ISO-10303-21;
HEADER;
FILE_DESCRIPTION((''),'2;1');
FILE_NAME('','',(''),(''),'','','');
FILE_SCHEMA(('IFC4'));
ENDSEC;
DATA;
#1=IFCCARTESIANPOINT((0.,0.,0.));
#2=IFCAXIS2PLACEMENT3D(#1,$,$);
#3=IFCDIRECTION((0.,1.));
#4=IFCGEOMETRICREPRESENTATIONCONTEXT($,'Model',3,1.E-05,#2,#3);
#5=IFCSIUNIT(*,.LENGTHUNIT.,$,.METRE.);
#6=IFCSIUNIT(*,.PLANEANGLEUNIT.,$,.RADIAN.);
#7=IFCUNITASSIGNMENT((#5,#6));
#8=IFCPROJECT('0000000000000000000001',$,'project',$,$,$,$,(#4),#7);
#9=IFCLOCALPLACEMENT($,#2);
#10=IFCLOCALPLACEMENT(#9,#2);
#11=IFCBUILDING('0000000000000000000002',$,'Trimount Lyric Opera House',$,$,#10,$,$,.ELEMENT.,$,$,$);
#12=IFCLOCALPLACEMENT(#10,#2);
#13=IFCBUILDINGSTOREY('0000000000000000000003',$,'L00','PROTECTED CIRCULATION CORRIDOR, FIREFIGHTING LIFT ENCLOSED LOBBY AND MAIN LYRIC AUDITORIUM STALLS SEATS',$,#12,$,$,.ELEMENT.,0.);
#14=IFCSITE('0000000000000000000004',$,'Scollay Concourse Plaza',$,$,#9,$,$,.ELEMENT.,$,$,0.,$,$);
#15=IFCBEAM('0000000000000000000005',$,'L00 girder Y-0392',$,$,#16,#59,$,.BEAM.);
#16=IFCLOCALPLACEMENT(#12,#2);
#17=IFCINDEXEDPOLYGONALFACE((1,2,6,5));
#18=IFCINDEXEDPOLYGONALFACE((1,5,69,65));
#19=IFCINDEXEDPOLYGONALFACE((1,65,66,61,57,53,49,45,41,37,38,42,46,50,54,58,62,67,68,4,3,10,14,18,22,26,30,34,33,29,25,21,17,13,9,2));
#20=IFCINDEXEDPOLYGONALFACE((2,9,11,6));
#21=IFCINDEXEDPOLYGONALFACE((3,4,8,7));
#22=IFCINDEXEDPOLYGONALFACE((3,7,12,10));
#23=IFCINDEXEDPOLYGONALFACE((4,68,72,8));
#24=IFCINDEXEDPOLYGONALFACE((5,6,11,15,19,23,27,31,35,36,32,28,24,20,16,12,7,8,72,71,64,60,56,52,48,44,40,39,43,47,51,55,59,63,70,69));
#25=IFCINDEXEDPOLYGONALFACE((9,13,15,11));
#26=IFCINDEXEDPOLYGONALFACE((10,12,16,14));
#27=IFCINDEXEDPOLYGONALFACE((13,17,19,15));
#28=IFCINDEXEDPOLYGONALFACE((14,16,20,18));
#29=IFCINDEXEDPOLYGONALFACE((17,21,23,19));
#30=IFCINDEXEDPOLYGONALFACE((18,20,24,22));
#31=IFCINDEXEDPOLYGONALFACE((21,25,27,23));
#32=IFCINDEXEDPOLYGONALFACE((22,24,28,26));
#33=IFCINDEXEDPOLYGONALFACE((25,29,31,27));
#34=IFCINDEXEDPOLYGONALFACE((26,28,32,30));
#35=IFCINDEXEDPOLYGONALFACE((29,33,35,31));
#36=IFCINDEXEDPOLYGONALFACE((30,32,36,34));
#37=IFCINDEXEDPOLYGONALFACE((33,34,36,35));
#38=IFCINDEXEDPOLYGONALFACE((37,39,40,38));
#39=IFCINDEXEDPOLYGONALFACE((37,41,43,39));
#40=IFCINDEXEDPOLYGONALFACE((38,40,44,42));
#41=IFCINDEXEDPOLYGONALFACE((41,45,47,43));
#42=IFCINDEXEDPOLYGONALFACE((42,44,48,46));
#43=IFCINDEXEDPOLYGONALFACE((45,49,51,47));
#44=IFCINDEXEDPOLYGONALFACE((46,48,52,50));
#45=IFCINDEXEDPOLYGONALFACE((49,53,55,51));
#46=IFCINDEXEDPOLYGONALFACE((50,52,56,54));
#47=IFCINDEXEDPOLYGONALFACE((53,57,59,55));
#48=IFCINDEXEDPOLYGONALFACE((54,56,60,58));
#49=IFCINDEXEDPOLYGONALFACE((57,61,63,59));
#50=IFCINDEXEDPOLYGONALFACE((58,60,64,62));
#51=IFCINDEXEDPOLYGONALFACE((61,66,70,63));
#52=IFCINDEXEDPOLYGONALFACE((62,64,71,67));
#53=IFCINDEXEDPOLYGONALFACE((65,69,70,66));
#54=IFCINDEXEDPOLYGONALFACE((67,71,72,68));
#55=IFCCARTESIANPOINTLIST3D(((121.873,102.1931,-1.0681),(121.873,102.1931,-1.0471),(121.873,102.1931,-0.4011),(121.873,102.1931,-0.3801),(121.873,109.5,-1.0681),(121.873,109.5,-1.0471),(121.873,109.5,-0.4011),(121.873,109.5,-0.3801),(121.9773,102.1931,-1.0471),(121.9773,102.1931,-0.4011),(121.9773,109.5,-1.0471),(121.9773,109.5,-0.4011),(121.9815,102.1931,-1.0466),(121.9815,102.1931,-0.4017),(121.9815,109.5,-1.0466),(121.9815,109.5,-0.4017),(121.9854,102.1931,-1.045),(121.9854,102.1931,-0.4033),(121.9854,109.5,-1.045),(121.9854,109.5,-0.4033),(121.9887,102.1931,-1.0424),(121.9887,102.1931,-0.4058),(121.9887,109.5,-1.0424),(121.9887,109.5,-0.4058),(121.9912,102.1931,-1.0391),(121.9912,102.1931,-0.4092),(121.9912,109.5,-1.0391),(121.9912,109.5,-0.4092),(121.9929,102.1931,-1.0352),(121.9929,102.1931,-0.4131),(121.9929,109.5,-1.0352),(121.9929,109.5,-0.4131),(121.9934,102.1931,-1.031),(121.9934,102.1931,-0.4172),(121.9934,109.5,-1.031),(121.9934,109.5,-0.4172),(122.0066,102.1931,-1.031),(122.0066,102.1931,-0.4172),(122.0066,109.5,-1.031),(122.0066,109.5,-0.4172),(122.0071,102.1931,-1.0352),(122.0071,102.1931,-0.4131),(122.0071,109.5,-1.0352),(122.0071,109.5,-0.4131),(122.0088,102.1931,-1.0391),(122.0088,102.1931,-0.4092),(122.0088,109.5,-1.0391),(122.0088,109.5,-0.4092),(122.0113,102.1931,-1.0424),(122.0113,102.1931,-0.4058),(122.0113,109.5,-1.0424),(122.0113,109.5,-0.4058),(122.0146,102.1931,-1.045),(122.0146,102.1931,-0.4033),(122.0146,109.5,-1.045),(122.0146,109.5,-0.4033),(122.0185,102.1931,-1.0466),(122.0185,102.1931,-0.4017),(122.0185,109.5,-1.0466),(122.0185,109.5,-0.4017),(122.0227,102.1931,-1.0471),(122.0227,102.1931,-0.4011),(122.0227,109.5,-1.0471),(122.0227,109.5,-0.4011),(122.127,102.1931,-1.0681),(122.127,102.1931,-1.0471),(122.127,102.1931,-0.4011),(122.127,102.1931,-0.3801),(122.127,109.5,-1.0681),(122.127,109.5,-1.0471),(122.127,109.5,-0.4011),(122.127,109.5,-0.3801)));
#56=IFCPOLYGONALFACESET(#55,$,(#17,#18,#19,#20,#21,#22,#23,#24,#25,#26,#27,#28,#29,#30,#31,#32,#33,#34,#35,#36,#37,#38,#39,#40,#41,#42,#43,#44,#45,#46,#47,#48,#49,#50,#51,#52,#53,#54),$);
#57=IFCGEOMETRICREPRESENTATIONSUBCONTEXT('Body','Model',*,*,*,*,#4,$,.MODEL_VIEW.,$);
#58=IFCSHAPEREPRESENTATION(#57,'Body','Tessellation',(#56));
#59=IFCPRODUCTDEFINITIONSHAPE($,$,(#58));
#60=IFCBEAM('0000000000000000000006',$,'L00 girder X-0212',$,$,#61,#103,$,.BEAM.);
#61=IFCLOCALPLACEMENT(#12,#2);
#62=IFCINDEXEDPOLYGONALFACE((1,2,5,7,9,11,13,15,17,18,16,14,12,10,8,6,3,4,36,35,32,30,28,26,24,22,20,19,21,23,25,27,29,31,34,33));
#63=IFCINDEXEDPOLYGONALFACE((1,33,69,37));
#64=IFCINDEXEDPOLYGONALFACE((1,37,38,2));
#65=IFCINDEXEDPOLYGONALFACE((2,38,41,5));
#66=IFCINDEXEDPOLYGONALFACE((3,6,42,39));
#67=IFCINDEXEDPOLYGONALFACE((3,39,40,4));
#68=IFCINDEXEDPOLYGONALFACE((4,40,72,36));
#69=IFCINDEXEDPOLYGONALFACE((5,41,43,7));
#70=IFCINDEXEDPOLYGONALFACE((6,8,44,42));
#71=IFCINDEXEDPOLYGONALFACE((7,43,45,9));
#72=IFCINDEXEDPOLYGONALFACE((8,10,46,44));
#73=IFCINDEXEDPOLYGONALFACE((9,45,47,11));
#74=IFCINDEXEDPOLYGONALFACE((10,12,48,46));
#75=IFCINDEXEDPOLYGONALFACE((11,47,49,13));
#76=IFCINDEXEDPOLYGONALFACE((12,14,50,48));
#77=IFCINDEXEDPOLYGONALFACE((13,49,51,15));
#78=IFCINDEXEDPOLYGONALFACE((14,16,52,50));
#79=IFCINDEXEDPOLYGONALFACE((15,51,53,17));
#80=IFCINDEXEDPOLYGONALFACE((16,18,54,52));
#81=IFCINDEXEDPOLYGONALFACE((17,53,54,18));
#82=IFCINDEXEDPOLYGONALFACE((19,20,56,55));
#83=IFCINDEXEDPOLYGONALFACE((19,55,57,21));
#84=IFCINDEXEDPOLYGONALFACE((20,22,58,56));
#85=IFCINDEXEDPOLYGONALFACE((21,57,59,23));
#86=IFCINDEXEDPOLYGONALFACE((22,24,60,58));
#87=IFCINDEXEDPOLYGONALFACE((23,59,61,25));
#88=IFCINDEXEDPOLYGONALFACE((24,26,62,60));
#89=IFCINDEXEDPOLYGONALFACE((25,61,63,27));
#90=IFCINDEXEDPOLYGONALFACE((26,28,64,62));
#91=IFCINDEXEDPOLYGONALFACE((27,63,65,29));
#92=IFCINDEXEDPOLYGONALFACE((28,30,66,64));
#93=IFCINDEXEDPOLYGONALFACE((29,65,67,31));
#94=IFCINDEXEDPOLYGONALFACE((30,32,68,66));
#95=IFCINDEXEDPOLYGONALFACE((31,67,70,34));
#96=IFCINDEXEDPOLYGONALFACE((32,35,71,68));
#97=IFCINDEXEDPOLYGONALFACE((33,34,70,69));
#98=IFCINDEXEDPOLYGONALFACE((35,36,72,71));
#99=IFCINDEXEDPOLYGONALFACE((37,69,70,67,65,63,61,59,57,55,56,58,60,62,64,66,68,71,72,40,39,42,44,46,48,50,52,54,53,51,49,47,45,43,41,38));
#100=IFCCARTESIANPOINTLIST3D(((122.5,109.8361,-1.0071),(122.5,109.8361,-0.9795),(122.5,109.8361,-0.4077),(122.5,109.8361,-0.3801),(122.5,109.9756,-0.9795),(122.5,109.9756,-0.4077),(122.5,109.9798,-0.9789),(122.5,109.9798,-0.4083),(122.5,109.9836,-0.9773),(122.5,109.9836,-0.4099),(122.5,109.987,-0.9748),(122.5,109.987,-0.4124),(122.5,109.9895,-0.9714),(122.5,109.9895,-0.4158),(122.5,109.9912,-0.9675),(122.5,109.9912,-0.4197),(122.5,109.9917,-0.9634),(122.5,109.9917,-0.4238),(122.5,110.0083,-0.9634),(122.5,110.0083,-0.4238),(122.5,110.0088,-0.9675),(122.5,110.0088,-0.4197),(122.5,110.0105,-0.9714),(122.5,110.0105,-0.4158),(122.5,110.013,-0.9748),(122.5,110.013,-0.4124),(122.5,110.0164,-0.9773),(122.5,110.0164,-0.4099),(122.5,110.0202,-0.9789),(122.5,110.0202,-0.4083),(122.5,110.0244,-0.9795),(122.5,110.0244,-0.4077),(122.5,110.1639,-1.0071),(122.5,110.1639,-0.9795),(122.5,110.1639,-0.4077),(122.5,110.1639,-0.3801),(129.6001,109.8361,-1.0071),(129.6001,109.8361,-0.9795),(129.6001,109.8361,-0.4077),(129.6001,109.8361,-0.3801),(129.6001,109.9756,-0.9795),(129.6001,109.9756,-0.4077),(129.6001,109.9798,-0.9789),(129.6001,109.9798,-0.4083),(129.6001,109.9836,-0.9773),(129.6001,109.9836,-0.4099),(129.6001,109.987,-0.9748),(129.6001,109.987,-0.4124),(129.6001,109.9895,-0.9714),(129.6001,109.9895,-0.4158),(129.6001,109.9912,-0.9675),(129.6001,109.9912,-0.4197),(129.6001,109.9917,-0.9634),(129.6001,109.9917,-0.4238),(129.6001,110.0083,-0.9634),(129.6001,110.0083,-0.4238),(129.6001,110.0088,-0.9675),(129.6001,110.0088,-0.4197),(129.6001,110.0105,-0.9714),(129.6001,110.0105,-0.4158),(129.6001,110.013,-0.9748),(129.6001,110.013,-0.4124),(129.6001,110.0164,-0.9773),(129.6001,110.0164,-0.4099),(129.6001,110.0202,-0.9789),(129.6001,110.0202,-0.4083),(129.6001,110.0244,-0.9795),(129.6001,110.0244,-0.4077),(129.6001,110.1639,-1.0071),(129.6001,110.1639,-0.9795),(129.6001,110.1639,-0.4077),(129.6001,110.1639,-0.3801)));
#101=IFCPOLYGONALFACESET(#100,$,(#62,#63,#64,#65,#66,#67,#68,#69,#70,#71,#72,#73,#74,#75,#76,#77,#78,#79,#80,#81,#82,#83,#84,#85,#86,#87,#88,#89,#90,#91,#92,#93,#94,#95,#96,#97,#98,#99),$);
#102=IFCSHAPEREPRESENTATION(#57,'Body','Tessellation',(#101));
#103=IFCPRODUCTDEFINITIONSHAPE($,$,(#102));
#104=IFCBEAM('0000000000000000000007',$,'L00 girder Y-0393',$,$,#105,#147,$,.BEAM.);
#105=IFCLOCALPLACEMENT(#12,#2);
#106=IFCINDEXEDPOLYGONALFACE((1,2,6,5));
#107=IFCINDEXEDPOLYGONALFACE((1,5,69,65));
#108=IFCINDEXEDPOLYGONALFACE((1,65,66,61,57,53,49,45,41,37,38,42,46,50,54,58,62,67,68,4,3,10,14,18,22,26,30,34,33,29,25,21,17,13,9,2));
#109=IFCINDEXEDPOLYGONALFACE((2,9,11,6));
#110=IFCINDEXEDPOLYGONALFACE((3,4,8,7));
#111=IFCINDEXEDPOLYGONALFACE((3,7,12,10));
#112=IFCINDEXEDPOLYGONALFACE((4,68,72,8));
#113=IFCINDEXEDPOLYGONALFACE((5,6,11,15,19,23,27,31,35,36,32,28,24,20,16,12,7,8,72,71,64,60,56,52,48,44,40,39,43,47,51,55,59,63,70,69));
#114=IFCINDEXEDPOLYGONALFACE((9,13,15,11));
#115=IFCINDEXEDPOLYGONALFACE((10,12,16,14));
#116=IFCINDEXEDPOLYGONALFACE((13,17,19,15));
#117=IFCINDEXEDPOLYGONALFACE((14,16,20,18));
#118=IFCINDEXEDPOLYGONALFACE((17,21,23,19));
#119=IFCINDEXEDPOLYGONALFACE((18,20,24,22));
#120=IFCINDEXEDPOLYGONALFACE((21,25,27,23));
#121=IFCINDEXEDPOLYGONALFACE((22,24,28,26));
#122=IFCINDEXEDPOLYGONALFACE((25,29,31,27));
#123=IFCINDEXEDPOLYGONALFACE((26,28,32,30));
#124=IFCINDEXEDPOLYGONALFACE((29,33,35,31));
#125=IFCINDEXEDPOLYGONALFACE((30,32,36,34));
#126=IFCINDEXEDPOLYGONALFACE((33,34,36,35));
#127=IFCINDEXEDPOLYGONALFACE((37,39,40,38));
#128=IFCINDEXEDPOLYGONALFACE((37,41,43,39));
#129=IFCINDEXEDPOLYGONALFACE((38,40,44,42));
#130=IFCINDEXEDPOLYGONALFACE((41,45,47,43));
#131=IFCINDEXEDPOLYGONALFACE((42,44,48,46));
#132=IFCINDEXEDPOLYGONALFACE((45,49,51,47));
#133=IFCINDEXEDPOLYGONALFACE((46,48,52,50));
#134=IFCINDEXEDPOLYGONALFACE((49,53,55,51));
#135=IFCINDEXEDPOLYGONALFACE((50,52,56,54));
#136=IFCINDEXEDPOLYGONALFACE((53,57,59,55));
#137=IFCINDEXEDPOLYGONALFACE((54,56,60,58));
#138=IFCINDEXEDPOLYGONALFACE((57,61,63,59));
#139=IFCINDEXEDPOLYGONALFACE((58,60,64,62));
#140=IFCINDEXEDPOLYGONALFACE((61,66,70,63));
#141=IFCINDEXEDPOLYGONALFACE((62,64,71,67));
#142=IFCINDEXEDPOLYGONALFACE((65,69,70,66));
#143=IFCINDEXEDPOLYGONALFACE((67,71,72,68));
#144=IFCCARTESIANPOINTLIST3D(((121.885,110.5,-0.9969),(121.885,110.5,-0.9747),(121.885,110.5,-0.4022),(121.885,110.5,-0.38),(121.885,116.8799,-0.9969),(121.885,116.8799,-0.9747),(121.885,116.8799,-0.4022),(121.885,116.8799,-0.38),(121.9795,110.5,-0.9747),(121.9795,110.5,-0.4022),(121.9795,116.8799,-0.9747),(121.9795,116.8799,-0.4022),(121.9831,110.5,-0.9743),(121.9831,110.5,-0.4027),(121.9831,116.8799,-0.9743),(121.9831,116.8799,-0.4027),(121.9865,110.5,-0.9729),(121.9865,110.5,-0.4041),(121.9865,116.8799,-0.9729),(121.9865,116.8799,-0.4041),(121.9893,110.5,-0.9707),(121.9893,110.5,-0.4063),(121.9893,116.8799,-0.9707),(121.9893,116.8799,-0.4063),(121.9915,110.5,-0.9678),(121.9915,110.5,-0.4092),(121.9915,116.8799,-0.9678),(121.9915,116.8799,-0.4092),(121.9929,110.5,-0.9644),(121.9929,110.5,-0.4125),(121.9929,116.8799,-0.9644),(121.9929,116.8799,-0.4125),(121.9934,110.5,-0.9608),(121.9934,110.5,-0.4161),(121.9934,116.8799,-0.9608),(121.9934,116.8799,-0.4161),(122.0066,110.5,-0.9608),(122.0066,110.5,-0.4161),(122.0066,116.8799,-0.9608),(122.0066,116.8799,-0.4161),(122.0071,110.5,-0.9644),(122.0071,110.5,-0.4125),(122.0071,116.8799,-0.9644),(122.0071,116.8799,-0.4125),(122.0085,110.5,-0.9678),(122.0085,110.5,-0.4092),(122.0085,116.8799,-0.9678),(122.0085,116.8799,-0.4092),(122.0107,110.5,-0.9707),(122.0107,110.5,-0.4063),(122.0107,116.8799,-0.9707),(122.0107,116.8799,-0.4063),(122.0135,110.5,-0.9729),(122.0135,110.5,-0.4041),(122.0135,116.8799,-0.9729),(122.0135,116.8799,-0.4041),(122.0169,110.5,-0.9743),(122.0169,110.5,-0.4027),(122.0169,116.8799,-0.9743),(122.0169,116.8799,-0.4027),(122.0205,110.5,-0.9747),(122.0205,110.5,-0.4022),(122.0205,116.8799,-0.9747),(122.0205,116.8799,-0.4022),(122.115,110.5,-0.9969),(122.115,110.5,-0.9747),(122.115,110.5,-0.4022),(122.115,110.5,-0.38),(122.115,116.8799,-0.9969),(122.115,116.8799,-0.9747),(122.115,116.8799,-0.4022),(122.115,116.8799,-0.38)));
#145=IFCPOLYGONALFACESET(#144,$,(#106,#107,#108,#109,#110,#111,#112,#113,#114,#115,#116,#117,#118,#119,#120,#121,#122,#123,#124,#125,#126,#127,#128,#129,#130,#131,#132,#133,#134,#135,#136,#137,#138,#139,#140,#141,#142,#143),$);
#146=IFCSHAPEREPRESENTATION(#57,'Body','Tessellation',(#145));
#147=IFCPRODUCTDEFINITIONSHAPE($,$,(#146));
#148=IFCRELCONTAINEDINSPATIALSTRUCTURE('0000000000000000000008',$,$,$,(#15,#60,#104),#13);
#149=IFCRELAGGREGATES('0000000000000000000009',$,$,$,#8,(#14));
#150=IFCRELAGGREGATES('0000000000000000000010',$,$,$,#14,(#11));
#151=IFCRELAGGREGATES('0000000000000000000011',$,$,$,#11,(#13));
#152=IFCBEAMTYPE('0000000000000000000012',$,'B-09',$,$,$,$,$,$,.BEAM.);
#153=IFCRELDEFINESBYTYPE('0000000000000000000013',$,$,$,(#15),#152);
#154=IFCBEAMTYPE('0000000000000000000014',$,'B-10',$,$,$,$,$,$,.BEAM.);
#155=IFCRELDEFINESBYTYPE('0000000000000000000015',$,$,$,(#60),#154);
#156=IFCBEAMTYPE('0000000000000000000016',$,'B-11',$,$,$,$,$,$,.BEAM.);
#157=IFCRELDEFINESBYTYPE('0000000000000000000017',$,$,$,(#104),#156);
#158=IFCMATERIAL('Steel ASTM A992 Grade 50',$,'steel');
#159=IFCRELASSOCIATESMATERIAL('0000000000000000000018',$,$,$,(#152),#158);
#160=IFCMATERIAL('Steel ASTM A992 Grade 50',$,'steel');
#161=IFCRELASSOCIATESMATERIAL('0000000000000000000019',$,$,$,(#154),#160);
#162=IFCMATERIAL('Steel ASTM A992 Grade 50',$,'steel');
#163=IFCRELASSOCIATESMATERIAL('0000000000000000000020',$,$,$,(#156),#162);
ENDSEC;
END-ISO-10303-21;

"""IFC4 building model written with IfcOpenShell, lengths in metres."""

from ifc_helpers import new_model, si_unit, direction, frame, origin, origin_2d, place, context, subcontext, project, spatial, i_section, extrude, material, material_profile, profile_set, type_object, element, save


model = new_model("IFC4")

# Units and contexts
model_context = context("Model", 3, precision=1e-05, world=origin(), true_north=direction((0.0, 1.0)))
body_context = subcontext(model_context, "Body", "Model", "MODEL_VIEW")
ifc_project = project(units=[si_unit("LENGTHUNIT", "METRE"), si_unit("PLANEANGLEUNIT", "RADIAN")], contexts=[model_context])

# Site, building, storey
site_placement = place(None, origin())
site = spatial("IfcSite", under=ifc_project, at=site_placement, Name="Scollay Concourse Plaza", CompositionType="ELEMENT", RefElevation=0.0)
building_placement = place(site_placement, origin())
building = spatial("IfcBuilding", under=site, at=building_placement, Name="Trimount Lyric Opera House", CompositionType="ELEMENT")
storey_placement = place(building_placement, origin())
storey = spatial("IfcBuildingStorey", under=building, at=storey_placement, Name="L00", Description="PROTECTED CIRCULATION CORRIDOR, FIREFIGHTING LIFT ENCLOSED LOBBY AND MAIN LYRIC AUDITORIUM STALLS SEATS", CompositionType="ELEMENT", Elevation=0.0)

# Beams
ifc_material_1 = material(Name="Steel ASTM A992 Grade 50", Category="steel")
ifc_material_profile_1 = material_profile(ifc_material_1, i_section(OverallWidth=0.2539, OverallDepth=0.688, WebThickness=0.0132, FlangeThickness=0.021, FilletRadius=0.0161, at=origin_2d()), Name="W27X102")
ifc_profile_set_1 = profile_set([ifc_material_profile_1], Name="Steel ASTM A992 Grade 50")
beam_type_1 = type_object("IfcBeamType", Name="B-09", PredefinedType="BEAM", material=ifc_profile_set_1)
beam_1_placement = place(storey_placement, frame((122.0, 102.1931, -0.7241), z_axis=(0.0, 1.0, 0.0), x_axis=(-1.0, 0.0, 0.0)))
element("IfcBeam", 1, at=beam_1_placement, inside=storey, type_object=beam_type_1, Name="L00 girder Y-0392", PredefinedType="BEAM", context=body_context, shape_type="SweptSolid", body=[
    extrude(i_section(OverallWidth=0.2539, OverallDepth=0.688, WebThickness=0.0132, FlangeThickness=0.021, FilletRadius=0.0161, at=origin_2d()), origin(), (0.0, 0.0, 1.0), 7.3069),
])
ifc_material_2 = material(Name="Steel ASTM A992 Grade 50", Category="steel")
ifc_material_profile_2 = material_profile(ifc_material_2, i_section(OverallWidth=0.3279, OverallDepth=0.627, WebThickness=0.0166, FlangeThickness=0.0276, FilletRadius=0.0161, at=origin_2d()), Name="W24X146")
ifc_profile_set_2 = profile_set([ifc_material_profile_2], Name="Steel ASTM A992 Grade 50")
beam_type_2 = type_object("IfcBeamType", Name="B-10", PredefinedType="BEAM", material=ifc_profile_set_2)
beam_2_placement = place(storey_placement, frame((122.5, 110.0, -0.6936), z_axis=(1.0, 0.0, 0.0), x_axis=(0.0, 1.0, 0.0)))
element("IfcBeam", 2, at=beam_2_placement, inside=storey, type_object=beam_type_2, Name="L00 girder X-0212", PredefinedType="BEAM", context=body_context, shape_type="SweptSolid", body=[
    extrude(i_section(OverallWidth=0.3279, OverallDepth=0.627, WebThickness=0.0166, FlangeThickness=0.0276, FilletRadius=0.0161, at=origin_2d()), origin(), (0.0, 0.0, 1.0), 7.1001),
])
ifc_material_3 = material(Name="Steel ASTM A992 Grade 50", Category="steel")
ifc_material_profile_3 = material_profile(ifc_material_3, i_section(OverallWidth=0.23, OverallDepth=0.6169, WebThickness=0.0132, FlangeThickness=0.0222, FilletRadius=0.0139, at=origin_2d()), Name="W24X94")
ifc_profile_set_3 = profile_set([ifc_material_profile_3], Name="Steel ASTM A992 Grade 50")
beam_type_3 = type_object("IfcBeamType", Name="B-11", PredefinedType="BEAM", material=ifc_profile_set_3)
beam_3_placement = place(storey_placement, frame((122.0, 110.5, -0.6885), z_axis=(0.0, 1.0, 0.0), x_axis=(-1.0, 0.0, 0.0)))
element("IfcBeam", 3, at=beam_3_placement, inside=storey, type_object=beam_type_3, Name="L00 girder Y-0393", PredefinedType="BEAM", context=body_context, shape_type="SweptSolid", body=[
    extrude(i_section(OverallWidth=0.23, OverallDepth=0.6169, WebThickness=0.0132, FlangeThickness=0.0222, FilletRadius=0.0139, at=origin_2d()), origin(), (0.0, 0.0, 1.0), 6.3799),
])

save(model, "model.ifc")
